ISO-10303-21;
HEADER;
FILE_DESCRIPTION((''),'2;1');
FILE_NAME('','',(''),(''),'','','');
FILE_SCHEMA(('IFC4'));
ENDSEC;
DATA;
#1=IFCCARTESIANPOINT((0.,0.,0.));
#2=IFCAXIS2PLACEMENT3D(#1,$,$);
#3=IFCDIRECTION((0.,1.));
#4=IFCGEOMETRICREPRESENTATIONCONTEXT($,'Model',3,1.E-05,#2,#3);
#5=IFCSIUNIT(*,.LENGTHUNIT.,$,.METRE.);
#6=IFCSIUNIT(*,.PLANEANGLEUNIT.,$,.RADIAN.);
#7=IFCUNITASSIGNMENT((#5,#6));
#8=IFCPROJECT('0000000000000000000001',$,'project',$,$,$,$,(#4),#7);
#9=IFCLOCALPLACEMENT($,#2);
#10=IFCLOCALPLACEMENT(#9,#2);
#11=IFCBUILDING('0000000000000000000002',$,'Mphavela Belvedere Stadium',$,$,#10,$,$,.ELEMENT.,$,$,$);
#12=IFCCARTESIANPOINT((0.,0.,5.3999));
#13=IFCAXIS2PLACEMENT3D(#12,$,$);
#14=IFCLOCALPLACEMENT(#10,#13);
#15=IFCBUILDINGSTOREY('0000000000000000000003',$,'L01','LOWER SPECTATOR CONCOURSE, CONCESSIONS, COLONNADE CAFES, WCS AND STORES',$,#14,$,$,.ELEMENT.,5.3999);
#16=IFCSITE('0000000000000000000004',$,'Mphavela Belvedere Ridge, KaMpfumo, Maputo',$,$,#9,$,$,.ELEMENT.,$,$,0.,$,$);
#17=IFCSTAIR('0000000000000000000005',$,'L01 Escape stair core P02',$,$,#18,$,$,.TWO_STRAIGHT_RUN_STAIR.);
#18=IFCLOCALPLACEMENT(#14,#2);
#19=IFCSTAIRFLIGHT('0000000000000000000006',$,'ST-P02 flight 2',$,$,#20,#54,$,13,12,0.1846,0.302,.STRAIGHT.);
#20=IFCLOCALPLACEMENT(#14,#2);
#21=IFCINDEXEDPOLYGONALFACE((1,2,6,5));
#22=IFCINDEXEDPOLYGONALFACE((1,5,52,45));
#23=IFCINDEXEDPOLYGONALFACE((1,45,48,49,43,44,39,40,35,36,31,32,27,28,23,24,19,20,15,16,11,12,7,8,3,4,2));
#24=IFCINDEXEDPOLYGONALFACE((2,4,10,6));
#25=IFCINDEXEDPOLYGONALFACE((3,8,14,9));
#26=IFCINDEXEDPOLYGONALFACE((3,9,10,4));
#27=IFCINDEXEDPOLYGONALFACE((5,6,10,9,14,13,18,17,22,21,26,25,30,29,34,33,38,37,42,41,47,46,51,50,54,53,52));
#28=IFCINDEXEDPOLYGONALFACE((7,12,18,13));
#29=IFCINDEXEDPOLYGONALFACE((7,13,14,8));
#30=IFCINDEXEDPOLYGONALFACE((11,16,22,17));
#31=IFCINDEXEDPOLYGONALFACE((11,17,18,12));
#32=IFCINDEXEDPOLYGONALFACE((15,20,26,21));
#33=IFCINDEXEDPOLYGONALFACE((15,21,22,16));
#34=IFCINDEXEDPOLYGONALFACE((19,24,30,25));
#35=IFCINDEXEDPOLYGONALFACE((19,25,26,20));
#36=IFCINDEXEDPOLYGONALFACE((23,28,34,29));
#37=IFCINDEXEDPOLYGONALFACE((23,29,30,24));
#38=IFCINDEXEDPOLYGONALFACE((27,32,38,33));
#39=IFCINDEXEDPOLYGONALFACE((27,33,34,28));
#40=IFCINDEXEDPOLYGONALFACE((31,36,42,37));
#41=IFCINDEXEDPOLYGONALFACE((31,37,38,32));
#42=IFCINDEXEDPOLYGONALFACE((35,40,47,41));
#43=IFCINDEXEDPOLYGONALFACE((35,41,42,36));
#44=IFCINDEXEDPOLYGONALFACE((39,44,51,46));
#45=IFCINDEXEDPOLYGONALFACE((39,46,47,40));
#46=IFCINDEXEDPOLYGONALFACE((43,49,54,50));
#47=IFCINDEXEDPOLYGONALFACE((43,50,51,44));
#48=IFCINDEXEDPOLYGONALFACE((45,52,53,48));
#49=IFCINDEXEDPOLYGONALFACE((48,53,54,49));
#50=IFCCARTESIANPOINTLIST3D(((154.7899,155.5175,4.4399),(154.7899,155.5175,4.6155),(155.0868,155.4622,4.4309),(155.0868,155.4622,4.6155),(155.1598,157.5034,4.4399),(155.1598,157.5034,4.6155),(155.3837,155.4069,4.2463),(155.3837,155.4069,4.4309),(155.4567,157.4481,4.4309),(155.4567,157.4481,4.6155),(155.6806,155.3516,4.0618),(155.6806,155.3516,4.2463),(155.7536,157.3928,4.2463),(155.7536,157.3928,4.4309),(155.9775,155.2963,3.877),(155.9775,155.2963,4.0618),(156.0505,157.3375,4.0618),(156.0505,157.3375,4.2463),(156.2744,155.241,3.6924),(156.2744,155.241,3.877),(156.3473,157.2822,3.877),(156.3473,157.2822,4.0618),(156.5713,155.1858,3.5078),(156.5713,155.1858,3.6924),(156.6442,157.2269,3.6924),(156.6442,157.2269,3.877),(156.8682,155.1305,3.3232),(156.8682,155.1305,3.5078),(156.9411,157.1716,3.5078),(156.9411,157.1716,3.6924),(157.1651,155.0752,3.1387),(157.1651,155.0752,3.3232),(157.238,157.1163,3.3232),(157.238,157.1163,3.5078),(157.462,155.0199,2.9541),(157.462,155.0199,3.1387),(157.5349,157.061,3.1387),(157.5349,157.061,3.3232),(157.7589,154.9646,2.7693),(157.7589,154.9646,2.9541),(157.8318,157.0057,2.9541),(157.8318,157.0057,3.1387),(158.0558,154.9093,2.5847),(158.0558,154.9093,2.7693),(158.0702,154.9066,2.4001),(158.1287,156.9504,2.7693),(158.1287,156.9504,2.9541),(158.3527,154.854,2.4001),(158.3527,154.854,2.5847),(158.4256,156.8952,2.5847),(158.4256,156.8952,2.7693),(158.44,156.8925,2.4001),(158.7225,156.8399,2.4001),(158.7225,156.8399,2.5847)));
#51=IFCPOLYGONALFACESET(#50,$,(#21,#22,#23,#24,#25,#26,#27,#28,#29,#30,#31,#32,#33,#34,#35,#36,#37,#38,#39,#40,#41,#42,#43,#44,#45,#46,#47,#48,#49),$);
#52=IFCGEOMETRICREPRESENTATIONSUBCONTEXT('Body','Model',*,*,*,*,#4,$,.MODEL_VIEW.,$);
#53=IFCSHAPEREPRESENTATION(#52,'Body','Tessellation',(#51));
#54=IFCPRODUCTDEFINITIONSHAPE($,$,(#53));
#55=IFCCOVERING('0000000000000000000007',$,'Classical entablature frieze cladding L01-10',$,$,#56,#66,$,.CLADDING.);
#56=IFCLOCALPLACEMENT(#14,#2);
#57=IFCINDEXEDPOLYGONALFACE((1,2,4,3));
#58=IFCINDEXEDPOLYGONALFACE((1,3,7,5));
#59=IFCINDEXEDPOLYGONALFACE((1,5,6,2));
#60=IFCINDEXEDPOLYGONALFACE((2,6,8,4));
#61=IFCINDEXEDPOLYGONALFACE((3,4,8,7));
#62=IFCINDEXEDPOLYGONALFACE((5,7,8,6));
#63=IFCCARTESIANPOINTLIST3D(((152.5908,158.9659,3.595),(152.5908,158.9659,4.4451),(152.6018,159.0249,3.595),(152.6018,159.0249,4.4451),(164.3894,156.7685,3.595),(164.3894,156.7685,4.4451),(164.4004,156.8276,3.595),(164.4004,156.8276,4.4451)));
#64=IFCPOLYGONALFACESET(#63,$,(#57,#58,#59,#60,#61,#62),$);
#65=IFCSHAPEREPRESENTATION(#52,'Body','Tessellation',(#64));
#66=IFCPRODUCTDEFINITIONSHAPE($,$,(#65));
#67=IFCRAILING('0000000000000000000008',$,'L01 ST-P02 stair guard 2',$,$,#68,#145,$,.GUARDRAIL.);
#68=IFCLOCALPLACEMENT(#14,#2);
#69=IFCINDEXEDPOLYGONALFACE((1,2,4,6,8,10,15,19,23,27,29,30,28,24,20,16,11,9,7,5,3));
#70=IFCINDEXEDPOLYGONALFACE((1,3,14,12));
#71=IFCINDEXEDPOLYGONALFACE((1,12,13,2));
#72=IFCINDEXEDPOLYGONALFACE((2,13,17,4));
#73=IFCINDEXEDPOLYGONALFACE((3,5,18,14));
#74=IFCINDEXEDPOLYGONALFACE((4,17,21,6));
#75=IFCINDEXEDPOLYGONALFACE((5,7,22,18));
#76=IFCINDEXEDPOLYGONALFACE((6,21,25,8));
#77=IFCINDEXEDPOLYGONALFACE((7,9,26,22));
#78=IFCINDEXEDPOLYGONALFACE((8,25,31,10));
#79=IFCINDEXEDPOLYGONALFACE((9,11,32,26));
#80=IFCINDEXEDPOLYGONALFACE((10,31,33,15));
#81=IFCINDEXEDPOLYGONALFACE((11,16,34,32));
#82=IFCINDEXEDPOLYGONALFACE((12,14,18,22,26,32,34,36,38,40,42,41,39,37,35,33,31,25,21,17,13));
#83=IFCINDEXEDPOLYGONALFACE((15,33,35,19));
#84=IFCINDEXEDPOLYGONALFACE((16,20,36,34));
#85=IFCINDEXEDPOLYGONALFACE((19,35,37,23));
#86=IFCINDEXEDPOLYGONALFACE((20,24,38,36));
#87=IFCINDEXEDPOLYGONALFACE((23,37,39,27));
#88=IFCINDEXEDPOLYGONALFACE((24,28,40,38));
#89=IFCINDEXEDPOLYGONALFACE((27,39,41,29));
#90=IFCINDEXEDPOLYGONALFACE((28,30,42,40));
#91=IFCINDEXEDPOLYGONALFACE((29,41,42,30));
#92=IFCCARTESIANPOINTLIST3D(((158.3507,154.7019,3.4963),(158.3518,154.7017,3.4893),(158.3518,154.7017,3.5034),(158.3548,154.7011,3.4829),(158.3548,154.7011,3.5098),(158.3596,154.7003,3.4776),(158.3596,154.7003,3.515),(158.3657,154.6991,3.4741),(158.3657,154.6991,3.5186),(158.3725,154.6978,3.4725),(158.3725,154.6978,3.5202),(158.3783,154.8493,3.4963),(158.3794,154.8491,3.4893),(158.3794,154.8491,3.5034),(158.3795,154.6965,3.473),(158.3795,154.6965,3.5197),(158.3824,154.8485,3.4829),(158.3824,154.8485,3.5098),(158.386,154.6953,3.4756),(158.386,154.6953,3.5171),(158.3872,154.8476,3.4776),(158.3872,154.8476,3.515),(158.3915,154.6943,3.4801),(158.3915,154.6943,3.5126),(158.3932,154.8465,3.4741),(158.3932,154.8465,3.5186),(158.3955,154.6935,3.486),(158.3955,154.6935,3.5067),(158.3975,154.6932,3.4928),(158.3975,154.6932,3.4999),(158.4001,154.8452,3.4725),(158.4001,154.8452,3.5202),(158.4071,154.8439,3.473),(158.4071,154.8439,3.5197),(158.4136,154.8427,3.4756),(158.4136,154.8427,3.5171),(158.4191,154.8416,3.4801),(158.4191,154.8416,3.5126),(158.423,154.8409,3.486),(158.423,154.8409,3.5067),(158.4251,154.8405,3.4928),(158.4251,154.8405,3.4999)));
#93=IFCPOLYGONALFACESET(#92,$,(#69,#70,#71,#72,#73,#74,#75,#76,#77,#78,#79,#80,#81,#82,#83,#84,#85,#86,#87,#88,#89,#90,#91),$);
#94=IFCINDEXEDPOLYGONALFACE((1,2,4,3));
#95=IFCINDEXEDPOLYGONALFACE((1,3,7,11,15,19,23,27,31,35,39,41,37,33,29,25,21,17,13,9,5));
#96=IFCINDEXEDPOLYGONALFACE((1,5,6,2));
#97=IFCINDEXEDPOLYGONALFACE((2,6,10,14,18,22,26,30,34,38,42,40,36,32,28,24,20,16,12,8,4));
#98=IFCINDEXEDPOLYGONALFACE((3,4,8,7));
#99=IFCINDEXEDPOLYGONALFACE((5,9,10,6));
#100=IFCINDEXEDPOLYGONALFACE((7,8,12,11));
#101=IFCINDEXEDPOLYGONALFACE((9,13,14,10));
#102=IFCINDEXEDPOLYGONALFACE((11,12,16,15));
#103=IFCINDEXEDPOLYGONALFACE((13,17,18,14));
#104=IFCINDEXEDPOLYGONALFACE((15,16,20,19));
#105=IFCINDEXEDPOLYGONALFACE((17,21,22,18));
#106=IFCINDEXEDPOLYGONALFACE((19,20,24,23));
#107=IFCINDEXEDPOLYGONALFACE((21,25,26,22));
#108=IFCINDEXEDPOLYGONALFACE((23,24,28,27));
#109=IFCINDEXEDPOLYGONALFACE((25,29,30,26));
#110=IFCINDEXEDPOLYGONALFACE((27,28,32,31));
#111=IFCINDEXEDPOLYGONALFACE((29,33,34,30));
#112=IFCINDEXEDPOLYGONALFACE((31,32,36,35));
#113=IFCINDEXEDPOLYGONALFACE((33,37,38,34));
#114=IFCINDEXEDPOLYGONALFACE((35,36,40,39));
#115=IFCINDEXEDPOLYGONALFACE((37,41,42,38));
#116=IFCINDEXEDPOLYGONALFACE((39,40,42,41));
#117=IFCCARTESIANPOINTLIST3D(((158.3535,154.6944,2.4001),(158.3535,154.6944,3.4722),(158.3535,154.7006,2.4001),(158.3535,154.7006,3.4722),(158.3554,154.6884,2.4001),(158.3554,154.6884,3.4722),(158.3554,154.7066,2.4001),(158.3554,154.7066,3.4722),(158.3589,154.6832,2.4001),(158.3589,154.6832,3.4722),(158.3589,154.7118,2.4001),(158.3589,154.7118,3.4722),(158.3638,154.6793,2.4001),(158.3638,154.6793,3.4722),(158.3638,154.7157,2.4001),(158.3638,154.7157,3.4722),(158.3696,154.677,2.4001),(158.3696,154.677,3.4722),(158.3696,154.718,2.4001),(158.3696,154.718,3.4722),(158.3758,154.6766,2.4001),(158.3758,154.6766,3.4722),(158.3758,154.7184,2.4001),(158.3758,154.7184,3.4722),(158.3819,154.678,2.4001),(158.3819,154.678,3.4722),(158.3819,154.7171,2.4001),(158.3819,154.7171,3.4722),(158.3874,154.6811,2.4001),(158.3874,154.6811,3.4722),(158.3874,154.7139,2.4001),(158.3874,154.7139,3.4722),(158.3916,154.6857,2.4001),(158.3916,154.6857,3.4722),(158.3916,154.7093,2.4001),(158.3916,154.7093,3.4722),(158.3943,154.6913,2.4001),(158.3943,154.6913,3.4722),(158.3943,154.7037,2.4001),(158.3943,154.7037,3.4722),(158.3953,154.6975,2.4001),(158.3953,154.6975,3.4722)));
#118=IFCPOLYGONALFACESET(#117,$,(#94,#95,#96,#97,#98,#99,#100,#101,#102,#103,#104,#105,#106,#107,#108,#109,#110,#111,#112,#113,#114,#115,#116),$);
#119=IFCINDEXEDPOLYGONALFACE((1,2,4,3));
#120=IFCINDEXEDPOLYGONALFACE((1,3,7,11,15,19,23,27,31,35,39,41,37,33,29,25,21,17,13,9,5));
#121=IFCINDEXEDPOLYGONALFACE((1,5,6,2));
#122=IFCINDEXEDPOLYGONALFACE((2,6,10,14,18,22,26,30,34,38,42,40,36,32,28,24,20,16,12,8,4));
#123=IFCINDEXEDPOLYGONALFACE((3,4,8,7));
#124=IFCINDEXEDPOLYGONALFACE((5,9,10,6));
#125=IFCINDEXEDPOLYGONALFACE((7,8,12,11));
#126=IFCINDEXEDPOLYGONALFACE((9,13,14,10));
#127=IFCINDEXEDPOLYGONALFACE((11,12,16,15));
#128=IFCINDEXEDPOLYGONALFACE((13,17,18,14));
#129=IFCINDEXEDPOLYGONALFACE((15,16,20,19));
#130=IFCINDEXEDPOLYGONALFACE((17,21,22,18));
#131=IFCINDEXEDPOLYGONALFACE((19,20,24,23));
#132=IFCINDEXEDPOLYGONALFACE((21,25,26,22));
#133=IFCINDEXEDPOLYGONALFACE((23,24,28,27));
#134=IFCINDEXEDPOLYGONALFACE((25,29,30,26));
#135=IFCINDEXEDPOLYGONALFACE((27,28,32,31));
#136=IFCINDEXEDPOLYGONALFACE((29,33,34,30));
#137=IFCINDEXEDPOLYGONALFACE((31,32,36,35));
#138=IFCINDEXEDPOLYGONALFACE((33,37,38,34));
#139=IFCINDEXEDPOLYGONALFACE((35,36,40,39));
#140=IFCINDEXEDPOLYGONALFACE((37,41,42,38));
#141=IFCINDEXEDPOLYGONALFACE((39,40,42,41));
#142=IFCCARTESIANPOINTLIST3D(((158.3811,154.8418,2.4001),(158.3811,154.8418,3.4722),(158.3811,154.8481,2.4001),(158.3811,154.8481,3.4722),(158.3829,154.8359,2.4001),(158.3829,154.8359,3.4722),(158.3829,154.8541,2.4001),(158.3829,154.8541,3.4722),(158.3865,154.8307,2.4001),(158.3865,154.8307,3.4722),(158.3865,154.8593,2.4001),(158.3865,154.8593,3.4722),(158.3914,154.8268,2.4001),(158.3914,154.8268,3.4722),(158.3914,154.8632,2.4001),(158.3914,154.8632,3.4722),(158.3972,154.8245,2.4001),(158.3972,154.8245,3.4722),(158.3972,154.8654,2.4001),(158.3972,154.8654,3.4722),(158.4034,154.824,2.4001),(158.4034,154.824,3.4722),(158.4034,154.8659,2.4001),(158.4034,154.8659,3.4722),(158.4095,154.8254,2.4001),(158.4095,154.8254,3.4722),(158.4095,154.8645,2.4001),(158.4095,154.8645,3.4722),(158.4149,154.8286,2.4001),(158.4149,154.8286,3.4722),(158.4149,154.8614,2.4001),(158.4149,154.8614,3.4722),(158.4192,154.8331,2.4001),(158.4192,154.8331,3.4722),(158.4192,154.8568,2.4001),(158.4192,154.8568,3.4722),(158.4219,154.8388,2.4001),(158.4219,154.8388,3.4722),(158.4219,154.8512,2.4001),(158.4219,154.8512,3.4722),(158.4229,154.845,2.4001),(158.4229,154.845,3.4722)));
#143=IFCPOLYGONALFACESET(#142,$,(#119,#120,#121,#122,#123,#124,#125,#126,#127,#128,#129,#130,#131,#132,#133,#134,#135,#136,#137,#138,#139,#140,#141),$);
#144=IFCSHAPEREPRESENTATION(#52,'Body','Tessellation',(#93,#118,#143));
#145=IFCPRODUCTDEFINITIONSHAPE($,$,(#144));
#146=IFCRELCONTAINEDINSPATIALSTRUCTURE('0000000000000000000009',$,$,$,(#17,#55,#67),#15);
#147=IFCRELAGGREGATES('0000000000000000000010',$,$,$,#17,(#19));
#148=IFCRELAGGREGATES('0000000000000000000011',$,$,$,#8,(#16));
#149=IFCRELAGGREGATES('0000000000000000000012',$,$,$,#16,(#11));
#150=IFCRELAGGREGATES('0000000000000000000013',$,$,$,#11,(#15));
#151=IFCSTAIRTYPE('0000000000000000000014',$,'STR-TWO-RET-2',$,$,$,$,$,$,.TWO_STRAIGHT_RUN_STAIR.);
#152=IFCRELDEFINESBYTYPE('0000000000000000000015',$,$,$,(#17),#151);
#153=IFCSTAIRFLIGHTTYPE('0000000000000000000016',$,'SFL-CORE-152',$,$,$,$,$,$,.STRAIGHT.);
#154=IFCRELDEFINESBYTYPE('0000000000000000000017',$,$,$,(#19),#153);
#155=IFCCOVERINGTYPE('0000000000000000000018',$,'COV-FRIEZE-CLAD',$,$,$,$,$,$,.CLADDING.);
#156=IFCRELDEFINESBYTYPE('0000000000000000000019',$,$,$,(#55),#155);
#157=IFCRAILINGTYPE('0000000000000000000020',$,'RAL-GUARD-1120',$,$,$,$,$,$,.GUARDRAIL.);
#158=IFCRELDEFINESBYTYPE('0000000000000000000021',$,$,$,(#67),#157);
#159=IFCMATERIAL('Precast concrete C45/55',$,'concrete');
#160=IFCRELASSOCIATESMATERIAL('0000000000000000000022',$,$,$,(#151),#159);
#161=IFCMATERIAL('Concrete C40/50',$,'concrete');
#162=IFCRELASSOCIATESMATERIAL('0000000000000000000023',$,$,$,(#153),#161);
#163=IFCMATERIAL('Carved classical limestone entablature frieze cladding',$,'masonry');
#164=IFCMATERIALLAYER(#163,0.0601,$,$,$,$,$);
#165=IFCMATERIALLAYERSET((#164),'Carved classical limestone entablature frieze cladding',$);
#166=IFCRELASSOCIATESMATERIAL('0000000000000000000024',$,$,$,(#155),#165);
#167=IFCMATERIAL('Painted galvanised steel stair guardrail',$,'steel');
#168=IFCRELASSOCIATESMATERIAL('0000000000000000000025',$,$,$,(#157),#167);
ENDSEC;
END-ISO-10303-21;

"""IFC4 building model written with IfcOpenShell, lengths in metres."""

from ifc_helpers import new_model, si_unit, direction, frame, origin, origin_2d, place, context, subcontext, project, spatial, polyline, rectangle, circle, outline, extrude, material, layer, layer_set, type_object, element, aggregate, save


model = new_model("IFC4")

# Units and contexts
model_context = context("Model", 3, precision=1e-05, world=origin(), true_north=direction((0.0, 1.0)))
body_context = subcontext(model_context, "Body", "Model", "MODEL_VIEW")
ifc_project = project(units=[si_unit("LENGTHUNIT", "METRE"), si_unit("PLANEANGLEUNIT", "RADIAN")], contexts=[model_context])

# Site, building, storey
site_placement = place(None, origin())
site = spatial("IfcSite", under=ifc_project, at=site_placement, Name="Mphavela Belvedere Ridge, KaMpfumo, Maputo", CompositionType="ELEMENT", RefElevation=0.0)
building_placement = place(site_placement, origin())
building = spatial("IfcBuilding", under=site, at=building_placement, Name="Mphavela Belvedere Stadium", CompositionType="ELEMENT")
storey_placement = place(building_placement, frame((0.0, 0.0, 5.3999)))
storey = spatial("IfcBuildingStorey", under=building, at=storey_placement, Name="L01", Description="LOWER SPECTATOR CONCOURSE, CONCESSIONS, COLONNADE CAFES, WCS AND STORES", CompositionType="ELEMENT", Elevation=5.3999)

# Stair, stair flight
ifc_material_1 = material(Name="Precast concrete C45/55", Category="concrete")
stair_type = type_object("IfcStairType", Name="STR-TWO-RET-2", PredefinedType="TWO_STRAIGHT_RUN_STAIR", material=ifc_material_1)
stair_placement = place(storey_placement, origin())
stair = element("IfcStair", 1, at=stair_placement, inside=storey, type_object=stair_type, Name="L01 Escape stair core P02", PredefinedType="TWO_STRAIGHT_RUN_STAIR")
ifc_material_2 = material(Name="Concrete C40/50", Category="concrete")
stair_flight_type = type_object("IfcStairFlightType", Name="SFL-CORE-152", PredefinedType="STRAIGHT", material=ifc_material_2)
stair_flight_placement = place(storey_placement, frame((158.5376, 155.8469, 2.4001), z_axis=(0.0, 0.0, 1.0), x_axis=(-0.983096, 0.183094, 0.0)))
stair_flight = element("IfcStairFlight", 2, at=stair_flight_placement, type_object=stair_flight_type, Name="ST-P02 flight 2", NumberOfRisers=13, NumberOfTreads=12, PredefinedType="STRAIGHT", RiserHeight=0.1846, TreadLength=0.302, context=body_context, shape_type="SweptSolid", body=[
    extrude(outline(polyline([(0.0, 0.0), (0.0, 0.1846), (0.302, 0.1846), (0.302, 0.3691), (0.604, 0.3691), (0.604, 0.554), (0.906, 0.554), (0.906, 0.7385), (1.208, 0.7385), (1.208, 0.9231), (1.51, 0.9231), (1.51, 1.1077), (1.812, 1.1077), (1.812, 1.2922), (2.114, 1.2922), (2.114, 1.4768), (2.416, 1.4768), (2.416, 1.6616), (2.718, 1.6616), (2.718, 1.8462), (3.02, 1.8462), (3.02, 2.0308), (3.322, 2.0308), (3.322, 2.2153), (3.624, 2.2153), (3.624, 2.3999), (3.624, 2.0398), (0.2874, 0.0), (0.0, 0.0)])), frame((0.0, 1.01, 0.0), z_axis=(0.0, -1.0, 0.0), x_axis=(1.0, 0.0, 0.0)), (0.0, 0.0, 1.0), 2.02),
])
aggregate(stair, [stair_flight])

# Covering
ifc_material_3 = material(Name="Carved classical limestone entablature frieze cladding", Category="masonry")
ifc_layer_1 = layer(ifc_material_3, 0.0601)
ifc_layer_set_1 = layer_set([ifc_layer_1], Name="Carved classical limestone entablature frieze cladding")
covering_type = type_object("IfcCoveringType", Name="COV-FRIEZE-CLAD", PredefinedType="CLADDING", material=ifc_layer_set_1)
covering_placement = place(storey_placement, frame((158.4956, 157.8967, 3.595), z_axis=(0.0, 0.0, 1.0), x_axis=(-0.983096, 0.183094, 0.0)))
element("IfcCovering", 3, at=covering_placement, inside=storey, type_object=covering_type, Name="Classical entablature frieze cladding L01-10", PredefinedType="CLADDING", context=body_context, shape_type="SweptSolid", body=[
    extrude(rectangle(XDim=12.0015, YDim=0.0601, at=origin_2d()), origin(), (0.0, 0.0, 1.0), 0.8501),
])

# Railing
ifc_material_4 = material(Name="Painted galvanised steel stair guardrail", Category="steel")
railing_type_1 = type_object("IfcRailingType", Name="RAL-GUARD-1120", PredefinedType="GUARDRAIL", material=ifc_material_4)
railing_1_placement = place(storey_placement, frame((158.3743, 154.6975, 2.4001)))
element("IfcRailing", 4, at=railing_1_placement, inside=storey, type_object=railing_type_1, Name="L01 ST-P02 stair guard 2", PredefinedType="GUARDRAIL", context=body_context, shape_type="SweptSolid", body=[
    extrude(circle(Radius=0.0239, at=origin_2d()), frame((0.0, 0.0, 1.0962), z_axis=(0.183895, 0.982946, 0.0), x_axis=(-0.982946, 0.183895, 0.0)), (0.0, 0.0, 1.0), 0.1499),
    extrude(circle(Radius=0.021, at=origin_2d()), origin(), (0.0, 0.0, 1.0), 1.072),
    extrude(circle(Radius=0.021, at=origin_2d()), frame((0.0276, 0.1475, 0.0)), (0.0, 0.0, 1.0), 1.072),
])

save(model, "model.ifc")
